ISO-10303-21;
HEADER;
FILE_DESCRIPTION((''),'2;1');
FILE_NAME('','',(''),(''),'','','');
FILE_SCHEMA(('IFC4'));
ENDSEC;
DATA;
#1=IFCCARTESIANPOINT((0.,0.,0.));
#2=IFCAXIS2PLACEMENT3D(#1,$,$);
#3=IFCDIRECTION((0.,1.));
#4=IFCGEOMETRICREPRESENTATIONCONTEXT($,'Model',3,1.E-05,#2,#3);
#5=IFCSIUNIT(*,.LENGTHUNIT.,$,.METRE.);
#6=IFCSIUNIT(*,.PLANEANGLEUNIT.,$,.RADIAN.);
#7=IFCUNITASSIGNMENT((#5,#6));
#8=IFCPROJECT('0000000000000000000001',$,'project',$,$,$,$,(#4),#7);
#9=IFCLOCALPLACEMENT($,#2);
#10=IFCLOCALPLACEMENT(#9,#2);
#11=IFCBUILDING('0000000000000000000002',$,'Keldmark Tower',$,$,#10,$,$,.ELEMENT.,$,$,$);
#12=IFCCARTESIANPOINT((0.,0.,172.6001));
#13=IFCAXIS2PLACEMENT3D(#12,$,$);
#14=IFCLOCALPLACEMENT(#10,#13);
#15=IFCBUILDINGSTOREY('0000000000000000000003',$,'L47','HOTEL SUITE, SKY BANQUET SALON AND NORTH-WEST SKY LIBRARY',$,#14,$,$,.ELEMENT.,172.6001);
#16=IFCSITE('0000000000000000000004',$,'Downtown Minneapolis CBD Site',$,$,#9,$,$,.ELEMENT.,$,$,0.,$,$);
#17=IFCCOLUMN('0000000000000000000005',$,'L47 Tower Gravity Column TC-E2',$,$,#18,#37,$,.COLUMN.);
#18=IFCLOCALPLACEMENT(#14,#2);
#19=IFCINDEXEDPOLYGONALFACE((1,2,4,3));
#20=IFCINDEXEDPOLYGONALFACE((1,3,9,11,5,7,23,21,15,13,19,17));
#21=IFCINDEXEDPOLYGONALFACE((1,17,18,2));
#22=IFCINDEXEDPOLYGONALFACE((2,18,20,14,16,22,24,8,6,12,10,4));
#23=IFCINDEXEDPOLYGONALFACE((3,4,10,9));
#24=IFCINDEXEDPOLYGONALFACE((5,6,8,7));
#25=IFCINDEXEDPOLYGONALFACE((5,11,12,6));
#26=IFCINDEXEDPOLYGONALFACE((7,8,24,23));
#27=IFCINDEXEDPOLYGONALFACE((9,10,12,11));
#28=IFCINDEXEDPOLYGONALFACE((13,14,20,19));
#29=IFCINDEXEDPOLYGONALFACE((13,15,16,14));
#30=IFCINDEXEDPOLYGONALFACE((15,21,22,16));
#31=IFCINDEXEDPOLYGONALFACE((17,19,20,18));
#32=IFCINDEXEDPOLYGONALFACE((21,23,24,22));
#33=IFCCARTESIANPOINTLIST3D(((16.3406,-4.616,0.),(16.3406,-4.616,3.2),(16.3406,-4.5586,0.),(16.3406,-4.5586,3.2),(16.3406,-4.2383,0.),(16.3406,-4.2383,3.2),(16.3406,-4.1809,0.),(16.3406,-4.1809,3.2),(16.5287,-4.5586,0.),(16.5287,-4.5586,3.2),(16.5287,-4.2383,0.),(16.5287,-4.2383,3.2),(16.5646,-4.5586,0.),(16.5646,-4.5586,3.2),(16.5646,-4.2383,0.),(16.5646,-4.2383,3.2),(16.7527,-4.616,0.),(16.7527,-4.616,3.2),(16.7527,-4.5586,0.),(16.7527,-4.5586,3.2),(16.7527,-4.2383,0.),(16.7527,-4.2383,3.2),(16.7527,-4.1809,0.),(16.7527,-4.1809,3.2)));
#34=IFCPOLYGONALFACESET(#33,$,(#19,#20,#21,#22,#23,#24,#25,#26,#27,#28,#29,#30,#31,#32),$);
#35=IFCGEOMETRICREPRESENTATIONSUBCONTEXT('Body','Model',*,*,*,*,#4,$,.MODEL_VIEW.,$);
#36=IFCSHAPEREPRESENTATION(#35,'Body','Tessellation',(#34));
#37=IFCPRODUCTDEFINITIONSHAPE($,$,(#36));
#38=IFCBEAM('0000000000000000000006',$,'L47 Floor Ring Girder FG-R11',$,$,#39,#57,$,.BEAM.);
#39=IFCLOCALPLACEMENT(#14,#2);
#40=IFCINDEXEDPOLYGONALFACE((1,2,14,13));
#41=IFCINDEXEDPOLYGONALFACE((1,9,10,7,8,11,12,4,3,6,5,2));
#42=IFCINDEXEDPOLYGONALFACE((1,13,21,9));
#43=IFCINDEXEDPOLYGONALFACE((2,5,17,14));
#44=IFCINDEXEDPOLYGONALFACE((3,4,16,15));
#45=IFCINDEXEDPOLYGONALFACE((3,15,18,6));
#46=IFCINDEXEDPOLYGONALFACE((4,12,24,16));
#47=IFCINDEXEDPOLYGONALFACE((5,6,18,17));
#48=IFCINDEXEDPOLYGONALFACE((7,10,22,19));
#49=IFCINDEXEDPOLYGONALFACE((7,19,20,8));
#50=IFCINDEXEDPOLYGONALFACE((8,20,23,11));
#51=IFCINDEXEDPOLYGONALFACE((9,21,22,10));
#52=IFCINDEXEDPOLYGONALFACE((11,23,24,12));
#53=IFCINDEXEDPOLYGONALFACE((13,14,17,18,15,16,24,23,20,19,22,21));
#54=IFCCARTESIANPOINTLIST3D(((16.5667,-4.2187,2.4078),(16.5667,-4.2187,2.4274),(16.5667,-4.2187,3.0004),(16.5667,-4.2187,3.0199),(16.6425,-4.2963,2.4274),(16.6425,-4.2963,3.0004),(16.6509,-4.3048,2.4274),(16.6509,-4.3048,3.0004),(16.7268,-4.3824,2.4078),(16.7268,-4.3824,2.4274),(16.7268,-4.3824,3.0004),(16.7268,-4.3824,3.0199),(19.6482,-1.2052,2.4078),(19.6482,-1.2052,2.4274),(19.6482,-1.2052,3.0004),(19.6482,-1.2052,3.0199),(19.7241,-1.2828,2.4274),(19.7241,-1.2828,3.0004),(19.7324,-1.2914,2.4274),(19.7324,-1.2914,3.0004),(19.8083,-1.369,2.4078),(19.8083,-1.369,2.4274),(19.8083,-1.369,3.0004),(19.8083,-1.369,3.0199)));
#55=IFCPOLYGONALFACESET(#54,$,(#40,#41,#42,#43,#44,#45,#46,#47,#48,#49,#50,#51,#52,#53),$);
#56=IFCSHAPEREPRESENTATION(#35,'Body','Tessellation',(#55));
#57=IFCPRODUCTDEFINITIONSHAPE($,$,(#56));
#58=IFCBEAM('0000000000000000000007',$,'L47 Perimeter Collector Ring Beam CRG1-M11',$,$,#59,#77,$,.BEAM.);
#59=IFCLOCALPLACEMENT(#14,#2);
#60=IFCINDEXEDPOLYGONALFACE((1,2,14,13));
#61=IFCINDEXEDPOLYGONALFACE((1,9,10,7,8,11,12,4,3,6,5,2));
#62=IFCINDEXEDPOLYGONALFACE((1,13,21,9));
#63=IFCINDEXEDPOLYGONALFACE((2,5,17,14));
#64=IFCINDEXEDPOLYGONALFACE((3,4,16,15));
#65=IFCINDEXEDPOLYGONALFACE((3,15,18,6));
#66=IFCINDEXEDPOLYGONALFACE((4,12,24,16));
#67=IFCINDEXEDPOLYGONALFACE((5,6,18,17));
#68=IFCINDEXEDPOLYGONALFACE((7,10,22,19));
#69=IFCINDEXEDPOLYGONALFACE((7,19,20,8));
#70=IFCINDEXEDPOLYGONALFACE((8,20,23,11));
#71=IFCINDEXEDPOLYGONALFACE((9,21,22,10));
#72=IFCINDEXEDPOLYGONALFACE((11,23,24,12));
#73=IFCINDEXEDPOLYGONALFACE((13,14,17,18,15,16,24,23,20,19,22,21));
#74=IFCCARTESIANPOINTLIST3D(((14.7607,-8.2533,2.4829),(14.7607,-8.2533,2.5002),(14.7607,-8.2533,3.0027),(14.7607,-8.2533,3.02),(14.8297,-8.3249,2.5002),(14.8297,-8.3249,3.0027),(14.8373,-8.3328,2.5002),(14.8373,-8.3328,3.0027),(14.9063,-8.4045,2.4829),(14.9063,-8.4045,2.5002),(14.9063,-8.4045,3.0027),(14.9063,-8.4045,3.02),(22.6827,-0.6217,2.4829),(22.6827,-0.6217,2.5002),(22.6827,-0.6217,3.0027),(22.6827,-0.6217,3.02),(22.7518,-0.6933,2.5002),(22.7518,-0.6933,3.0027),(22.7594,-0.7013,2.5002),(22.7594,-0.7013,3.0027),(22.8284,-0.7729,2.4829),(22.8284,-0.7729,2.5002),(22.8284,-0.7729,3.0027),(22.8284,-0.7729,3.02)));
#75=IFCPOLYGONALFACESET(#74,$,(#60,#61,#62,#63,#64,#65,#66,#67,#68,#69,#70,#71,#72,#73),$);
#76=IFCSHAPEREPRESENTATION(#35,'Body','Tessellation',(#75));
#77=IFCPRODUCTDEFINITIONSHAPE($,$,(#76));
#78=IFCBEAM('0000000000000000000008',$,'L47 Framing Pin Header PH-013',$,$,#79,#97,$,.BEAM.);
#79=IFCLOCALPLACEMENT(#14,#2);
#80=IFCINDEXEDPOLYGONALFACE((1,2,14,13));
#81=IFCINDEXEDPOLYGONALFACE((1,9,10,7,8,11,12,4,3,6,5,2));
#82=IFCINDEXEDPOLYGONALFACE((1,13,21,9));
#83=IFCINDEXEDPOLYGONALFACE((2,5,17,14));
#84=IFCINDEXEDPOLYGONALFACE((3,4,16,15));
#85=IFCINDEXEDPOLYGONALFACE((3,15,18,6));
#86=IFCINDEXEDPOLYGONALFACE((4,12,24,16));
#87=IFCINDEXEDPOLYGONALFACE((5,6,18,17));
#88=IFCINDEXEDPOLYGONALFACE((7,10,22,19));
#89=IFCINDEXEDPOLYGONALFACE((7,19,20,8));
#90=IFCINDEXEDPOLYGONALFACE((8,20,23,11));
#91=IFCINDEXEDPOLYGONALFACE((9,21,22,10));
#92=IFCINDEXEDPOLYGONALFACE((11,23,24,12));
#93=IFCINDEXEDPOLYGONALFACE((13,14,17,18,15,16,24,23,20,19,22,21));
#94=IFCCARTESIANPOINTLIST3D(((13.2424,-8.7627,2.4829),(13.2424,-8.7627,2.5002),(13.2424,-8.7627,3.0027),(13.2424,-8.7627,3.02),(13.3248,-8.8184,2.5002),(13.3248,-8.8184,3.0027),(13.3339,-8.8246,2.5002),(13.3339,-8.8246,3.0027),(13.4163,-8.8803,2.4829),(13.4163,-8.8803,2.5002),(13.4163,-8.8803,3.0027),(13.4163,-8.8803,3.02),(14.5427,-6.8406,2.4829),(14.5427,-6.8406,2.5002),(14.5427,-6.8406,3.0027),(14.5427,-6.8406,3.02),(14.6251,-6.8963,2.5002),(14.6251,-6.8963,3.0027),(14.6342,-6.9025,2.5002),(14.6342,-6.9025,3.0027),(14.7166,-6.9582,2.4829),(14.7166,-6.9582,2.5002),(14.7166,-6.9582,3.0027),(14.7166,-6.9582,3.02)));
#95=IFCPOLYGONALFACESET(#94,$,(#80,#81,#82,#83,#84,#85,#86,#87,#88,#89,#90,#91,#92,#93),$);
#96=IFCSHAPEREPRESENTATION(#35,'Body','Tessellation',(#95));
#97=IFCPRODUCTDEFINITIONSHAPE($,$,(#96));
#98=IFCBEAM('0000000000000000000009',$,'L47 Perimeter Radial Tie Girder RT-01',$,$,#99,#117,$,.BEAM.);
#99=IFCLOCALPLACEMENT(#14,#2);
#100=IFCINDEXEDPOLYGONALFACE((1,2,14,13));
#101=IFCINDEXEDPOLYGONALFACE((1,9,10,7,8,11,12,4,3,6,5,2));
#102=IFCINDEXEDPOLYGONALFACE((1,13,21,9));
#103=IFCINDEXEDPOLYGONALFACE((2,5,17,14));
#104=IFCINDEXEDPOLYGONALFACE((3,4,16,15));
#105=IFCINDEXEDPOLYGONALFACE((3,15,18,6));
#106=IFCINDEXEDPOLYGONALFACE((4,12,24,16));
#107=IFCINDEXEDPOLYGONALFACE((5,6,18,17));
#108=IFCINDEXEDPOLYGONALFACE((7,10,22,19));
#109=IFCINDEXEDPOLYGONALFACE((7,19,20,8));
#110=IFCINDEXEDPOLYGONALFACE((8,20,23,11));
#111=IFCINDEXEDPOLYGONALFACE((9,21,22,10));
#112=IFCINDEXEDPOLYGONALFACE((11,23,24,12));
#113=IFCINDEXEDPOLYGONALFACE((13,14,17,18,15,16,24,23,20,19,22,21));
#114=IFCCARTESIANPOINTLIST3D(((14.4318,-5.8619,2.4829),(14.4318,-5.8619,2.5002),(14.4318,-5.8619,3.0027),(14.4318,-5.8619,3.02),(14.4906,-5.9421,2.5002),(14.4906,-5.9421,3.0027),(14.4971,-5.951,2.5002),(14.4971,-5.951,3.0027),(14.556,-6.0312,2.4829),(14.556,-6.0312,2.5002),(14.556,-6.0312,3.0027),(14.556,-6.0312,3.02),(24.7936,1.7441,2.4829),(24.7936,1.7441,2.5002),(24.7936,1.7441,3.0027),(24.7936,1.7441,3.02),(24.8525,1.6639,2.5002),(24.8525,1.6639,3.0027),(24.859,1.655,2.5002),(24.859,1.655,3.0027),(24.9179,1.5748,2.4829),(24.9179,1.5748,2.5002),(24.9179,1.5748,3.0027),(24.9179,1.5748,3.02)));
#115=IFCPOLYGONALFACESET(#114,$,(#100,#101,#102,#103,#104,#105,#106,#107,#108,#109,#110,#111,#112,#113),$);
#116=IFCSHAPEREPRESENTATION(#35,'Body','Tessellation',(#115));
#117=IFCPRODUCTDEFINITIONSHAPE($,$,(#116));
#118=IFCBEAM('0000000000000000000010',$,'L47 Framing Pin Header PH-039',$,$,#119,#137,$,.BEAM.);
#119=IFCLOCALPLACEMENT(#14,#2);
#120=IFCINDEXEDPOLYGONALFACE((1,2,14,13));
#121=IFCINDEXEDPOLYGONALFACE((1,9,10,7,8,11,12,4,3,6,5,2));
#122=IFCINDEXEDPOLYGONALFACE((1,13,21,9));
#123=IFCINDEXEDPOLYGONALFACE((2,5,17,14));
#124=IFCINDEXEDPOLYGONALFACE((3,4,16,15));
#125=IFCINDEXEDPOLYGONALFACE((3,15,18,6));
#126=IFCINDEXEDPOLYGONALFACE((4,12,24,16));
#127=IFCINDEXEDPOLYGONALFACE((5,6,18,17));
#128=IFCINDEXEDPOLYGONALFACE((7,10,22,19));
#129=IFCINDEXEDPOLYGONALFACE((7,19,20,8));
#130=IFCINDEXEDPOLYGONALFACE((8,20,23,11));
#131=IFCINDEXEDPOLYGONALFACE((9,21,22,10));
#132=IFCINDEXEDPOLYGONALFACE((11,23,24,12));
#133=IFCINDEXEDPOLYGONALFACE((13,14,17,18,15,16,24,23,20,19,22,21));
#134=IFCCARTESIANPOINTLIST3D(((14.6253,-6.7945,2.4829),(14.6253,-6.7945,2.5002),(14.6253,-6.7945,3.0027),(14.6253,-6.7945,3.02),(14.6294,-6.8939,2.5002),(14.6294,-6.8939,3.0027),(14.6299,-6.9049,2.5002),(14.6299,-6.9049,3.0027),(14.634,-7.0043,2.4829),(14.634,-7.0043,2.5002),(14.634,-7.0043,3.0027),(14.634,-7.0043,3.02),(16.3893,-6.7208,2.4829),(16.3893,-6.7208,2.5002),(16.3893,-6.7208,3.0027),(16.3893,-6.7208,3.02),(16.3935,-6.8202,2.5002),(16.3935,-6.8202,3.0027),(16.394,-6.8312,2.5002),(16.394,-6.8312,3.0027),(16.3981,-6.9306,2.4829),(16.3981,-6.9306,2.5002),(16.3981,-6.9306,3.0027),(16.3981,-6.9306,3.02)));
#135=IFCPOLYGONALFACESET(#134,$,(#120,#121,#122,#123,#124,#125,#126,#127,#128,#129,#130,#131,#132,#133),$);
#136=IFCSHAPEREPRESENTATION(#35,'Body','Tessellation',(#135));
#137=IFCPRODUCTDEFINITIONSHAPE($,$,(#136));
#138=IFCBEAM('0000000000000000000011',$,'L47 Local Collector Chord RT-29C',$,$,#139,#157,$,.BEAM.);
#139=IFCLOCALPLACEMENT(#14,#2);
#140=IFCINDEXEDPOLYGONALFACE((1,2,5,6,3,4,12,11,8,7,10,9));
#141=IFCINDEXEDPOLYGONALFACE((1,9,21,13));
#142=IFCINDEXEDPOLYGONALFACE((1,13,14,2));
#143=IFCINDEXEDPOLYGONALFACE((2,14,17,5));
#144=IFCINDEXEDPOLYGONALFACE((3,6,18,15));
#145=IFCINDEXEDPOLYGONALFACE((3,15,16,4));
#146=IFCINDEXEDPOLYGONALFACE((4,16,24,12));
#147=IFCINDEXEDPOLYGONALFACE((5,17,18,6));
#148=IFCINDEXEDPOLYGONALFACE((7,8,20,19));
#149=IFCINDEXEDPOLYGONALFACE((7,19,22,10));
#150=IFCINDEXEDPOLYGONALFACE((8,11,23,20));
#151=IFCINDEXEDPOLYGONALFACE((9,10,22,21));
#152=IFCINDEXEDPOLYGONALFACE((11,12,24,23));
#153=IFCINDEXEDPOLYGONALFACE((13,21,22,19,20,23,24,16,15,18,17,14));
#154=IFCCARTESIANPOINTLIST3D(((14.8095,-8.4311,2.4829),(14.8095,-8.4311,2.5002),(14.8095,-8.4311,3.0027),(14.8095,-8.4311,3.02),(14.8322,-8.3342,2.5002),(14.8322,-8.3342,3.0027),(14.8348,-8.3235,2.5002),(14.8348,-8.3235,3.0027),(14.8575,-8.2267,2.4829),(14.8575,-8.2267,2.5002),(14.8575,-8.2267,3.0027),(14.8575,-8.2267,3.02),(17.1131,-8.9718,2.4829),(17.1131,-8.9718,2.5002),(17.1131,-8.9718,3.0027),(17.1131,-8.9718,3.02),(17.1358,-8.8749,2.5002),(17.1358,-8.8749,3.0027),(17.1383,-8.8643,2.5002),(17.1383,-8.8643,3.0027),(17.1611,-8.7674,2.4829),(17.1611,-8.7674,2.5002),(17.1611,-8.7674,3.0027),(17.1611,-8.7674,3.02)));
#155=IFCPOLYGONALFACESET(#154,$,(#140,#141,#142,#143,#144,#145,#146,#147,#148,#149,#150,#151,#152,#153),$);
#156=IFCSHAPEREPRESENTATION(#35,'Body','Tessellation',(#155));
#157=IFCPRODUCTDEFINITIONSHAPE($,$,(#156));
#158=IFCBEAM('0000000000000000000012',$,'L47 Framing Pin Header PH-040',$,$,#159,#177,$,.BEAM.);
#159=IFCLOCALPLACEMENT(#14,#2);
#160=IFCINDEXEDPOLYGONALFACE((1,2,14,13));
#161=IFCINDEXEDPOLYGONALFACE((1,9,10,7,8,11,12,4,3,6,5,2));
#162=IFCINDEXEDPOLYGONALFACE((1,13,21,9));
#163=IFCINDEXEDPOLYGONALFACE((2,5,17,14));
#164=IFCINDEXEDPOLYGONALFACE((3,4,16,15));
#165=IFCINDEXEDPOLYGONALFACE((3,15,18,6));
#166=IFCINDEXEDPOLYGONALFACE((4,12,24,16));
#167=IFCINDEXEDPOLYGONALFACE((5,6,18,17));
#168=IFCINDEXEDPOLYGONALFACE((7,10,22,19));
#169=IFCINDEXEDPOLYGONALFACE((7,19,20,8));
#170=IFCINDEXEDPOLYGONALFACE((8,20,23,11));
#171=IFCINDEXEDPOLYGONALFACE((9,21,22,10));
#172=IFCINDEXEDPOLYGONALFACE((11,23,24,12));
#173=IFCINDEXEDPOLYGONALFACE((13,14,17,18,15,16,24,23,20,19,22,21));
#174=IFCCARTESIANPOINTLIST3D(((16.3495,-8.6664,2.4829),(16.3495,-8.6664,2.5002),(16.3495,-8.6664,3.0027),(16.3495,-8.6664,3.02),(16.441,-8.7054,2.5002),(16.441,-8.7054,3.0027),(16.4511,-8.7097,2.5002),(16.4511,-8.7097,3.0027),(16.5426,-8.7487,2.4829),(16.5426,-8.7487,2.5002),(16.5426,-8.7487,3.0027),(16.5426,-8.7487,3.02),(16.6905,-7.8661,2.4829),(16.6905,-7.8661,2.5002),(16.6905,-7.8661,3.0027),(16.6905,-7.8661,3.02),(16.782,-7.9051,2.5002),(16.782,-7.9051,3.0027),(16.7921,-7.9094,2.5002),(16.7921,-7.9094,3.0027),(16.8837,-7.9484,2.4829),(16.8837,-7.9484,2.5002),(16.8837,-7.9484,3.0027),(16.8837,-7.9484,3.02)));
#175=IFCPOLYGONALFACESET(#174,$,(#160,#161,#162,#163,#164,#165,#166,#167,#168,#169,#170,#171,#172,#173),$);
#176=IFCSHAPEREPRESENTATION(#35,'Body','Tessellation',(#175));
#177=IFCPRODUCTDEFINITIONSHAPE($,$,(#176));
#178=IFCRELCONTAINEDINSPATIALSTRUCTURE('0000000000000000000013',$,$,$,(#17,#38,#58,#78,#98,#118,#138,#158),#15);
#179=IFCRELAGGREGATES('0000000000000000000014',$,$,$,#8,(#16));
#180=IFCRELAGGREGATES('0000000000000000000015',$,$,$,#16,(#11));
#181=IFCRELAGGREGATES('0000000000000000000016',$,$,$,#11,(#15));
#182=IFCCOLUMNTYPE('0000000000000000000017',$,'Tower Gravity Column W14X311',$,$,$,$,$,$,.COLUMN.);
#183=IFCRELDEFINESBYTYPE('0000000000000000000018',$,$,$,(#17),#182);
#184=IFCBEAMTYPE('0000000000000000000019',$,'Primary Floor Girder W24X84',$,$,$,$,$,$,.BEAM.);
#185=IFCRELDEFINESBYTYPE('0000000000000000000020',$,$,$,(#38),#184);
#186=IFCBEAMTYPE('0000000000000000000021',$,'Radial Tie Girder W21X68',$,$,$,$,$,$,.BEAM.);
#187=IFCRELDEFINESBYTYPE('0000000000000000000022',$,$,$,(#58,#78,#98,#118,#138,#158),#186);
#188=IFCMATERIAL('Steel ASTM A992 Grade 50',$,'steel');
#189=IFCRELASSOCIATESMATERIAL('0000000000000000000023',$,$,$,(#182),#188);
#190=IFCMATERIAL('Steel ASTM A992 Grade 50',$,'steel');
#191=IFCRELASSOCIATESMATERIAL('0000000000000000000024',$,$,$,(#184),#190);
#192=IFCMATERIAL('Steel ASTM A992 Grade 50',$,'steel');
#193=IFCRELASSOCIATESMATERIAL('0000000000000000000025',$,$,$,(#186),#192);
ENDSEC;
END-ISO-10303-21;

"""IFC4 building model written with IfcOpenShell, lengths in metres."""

from ifc_helpers import new_model, si_unit, direction, frame, origin, origin_2d, place, context, subcontext, project, spatial, i_section, extrude, material, material_profile, profile_set, type_object, element, save


model = new_model("IFC4")

# Units and contexts
model_context = context("Model", 3, precision=1e-05, world=origin(), true_north=direction((0.0, 1.0)))
body_context = subcontext(model_context, "Body", "Model", "MODEL_VIEW")
ifc_project = project(units=[si_unit("LENGTHUNIT", "METRE"), si_unit("PLANEANGLEUNIT", "RADIAN")], contexts=[model_context])

# Site, building, storey
site_placement = place(None, origin())
site = spatial("IfcSite", under=ifc_project, at=site_placement, Name="Downtown Minneapolis CBD Site", CompositionType="ELEMENT", RefElevation=0.0)
building_placement = place(site_placement, origin())
building = spatial("IfcBuilding", under=site, at=building_placement, Name="Keldmark Tower", CompositionType="ELEMENT")
storey_placement = place(building_placement, frame((0.0, 0.0, 172.6001)))
storey = spatial("IfcBuildingStorey", under=building, at=storey_placement, Name="L47", Description="HOTEL SUITE, SKY BANQUET SALON AND NORTH-WEST SKY LIBRARY", CompositionType="ELEMENT", Elevation=172.6001)

# Column
ifc_material_1 = material(Name="Steel ASTM A992 Grade 50", Category="steel")
ifc_material_profile_1 = material_profile(ifc_material_1, i_section(OverallWidth=0.4121, OverallDepth=0.4351, WebThickness=0.0359, FlangeThickness=0.0574, at=origin_2d()), Name="W14X311")
ifc_profile_set_1 = profile_set([ifc_material_profile_1], Name="Steel ASTM A992 Grade 50")
column_type = type_object("IfcColumnType", Name="Tower Gravity Column W14X311", PredefinedType="COLUMN", material=ifc_profile_set_1)
column_placement = place(storey_placement, frame((16.5466, -4.3984, 0.0), z_axis=(0.0, 0.0, 1.0), x_axis=(1.0, 0.0, 0.0)))
element("IfcColumn", 1, at=column_placement, inside=storey, type_object=column_type, Name="L47 Tower Gravity Column TC-E2", PredefinedType="COLUMN", context=body_context, shape_type="SweptSolid", body=[
    extrude(i_section(OverallWidth=0.4121, OverallDepth=0.4351, WebThickness=0.0359, FlangeThickness=0.0574, at=origin_2d()), origin(), (0.0, 0.0, 1.0), 3.2),
])

# Beams
ifc_material_2 = material(Name="Steel ASTM A992 Grade 50", Category="steel")
ifc_material_profile_2 = material_profile(ifc_material_2, i_section(OverallWidth=0.229, OverallDepth=0.6121, WebThickness=0.012, FlangeThickness=0.0195, at=origin_2d()), Name="W24X84")
ifc_profile_set_2 = profile_set([ifc_material_profile_2], Name="Steel ASTM A992 Grade 50")
beam_type_1 = type_object("IfcBeamType", Name="Primary Floor Girder W24X84", PredefinedType="BEAM", material=ifc_profile_set_2)
beam_1_placement = place(storey_placement, frame((16.6467, -4.3005, 2.7139), z_axis=(0.714965, 0.699161, 0.0), x_axis=(-0.699161, 0.714965, 0.0)))
element("IfcBeam", 2, at=beam_1_placement, inside=storey, type_object=beam_type_1, Name="L47 Floor Ring Girder FG-R11", PredefinedType="BEAM", context=body_context, shape_type="SweptSolid", body=[
    extrude(i_section(OverallWidth=0.229, OverallDepth=0.6121, WebThickness=0.012, FlangeThickness=0.0195, at=origin_2d()), origin(), (0.0, 0.0, 1.0), 4.3101),
])
ifc_material_3 = material(Name="Steel ASTM A992 Grade 50", Category="steel")
ifc_material_profile_3 = material_profile(ifc_material_3, i_section(OverallWidth=0.21, OverallDepth=0.5371, WebThickness=0.011, FlangeThickness=0.0173, at=origin_2d()), Name="W21X68")
ifc_profile_set_3 = profile_set([ifc_material_profile_3], Name="Steel ASTM A992 Grade 50")
beam_type_2 = type_object("IfcBeamType", Name="Radial Tie Girder W21X68", PredefinedType="BEAM", material=ifc_profile_set_3)
beam_2_placement = place(storey_placement, frame((14.8335, -8.3289, 2.7515), z_axis=(0.720189, 0.693778, 0.0), x_axis=(-0.693778, 0.720189, 0.0)))
element("IfcBeam", 3, at=beam_2_placement, inside=storey, type_object=beam_type_2, Name="L47 Perimeter Collector Ring Beam CRG1-M11", PredefinedType="BEAM", context=body_context, shape_type="SweptSolid", body=[
    extrude(i_section(OverallWidth=0.21, OverallDepth=0.5371, WebThickness=0.011, FlangeThickness=0.0173, at=origin_2d()), origin(), (0.0, 0.0, 1.0), 11.0),
])
beam_3_placement = place(storey_placement, frame((14.6296, -6.8994, 2.7515), z_axis=(-0.56032, -0.828276, 0.0), x_axis=(0.828276, -0.56032, 0.0)))
element("IfcBeam", 4, at=beam_3_placement, inside=storey, type_object=beam_type_2, Name="L47 Framing Pin Header PH-013", PredefinedType="BEAM", context=body_context, shape_type="SweptSolid", body=[
    extrude(i_section(OverallWidth=0.21, OverallDepth=0.5371, WebThickness=0.011, FlangeThickness=0.0173, at=origin_2d()), origin(), (0.0, 0.0, 1.0), 2.3206),
])
beam_4_placement = place(storey_placement, frame((14.4939, -5.9465, 2.7515), z_axis=(0.806134, 0.591732, 0.0), x_axis=(-0.591732, 0.806134, 0.0)))
element("IfcBeam", 5, at=beam_4_placement, inside=storey, type_object=beam_type_2, Name="L47 Perimeter Radial Tie Girder RT-01", PredefinedType="BEAM", context=body_context, shape_type="SweptSolid", body=[
    extrude(i_section(OverallWidth=0.21, OverallDepth=0.5371, WebThickness=0.011, FlangeThickness=0.0173, at=origin_2d()), origin(), (0.0, 0.0, 1.0), 12.8538),
])
beam_5_placement = place(storey_placement, frame((14.6296, -6.8994, 2.7515), z_axis=(0.999128, 0.041757, 0.0), x_axis=(-0.041757, 0.999128, 0.0)))
element("IfcBeam", 6, at=beam_5_placement, inside=storey, type_object=beam_type_2, Name="L47 Framing Pin Header PH-039", PredefinedType="BEAM", context=body_context, shape_type="SweptSolid", body=[
    extrude(i_section(OverallWidth=0.21, OverallDepth=0.5371, WebThickness=0.011, FlangeThickness=0.0173, at=origin_2d()), origin(), (0.0, 0.0, 1.0), 1.7656),
])
beam_6_placement = place(storey_placement, frame((14.8335, -8.3289, 2.7515), z_axis=(0.973537, -0.228527, 0.0), x_axis=(0.228527, 0.973537, 0.0)))
element("IfcBeam", 7, at=beam_6_placement, inside=storey, type_object=beam_type_2, Name="L47 Local Collector Chord RT-29C", PredefinedType="BEAM", context=body_context, shape_type="SweptSolid", body=[
    extrude(i_section(OverallWidth=0.21, OverallDepth=0.5371, WebThickness=0.011, FlangeThickness=0.0173, at=origin_2d()), origin(), (0.0, 0.0, 1.0), 2.3662),
])
beam_7_placement = place(storey_placement, frame((16.446, -8.7075, 2.7515), z_axis=(0.392056, 0.919942, 0.0), x_axis=(-0.919942, 0.392056, 0.0)))
element("IfcBeam", 8, at=beam_7_placement, inside=storey, type_object=beam_type_2, Name="L47 Framing Pin Header PH-040", PredefinedType="BEAM", context=body_context, shape_type="SweptSolid", body=[
    extrude(i_section(OverallWidth=0.21, OverallDepth=0.5371, WebThickness=0.011, FlangeThickness=0.0173, at=origin_2d()), origin(), (0.0, 0.0, 1.0), 0.8699),
])

save(model, "model.ifc")
